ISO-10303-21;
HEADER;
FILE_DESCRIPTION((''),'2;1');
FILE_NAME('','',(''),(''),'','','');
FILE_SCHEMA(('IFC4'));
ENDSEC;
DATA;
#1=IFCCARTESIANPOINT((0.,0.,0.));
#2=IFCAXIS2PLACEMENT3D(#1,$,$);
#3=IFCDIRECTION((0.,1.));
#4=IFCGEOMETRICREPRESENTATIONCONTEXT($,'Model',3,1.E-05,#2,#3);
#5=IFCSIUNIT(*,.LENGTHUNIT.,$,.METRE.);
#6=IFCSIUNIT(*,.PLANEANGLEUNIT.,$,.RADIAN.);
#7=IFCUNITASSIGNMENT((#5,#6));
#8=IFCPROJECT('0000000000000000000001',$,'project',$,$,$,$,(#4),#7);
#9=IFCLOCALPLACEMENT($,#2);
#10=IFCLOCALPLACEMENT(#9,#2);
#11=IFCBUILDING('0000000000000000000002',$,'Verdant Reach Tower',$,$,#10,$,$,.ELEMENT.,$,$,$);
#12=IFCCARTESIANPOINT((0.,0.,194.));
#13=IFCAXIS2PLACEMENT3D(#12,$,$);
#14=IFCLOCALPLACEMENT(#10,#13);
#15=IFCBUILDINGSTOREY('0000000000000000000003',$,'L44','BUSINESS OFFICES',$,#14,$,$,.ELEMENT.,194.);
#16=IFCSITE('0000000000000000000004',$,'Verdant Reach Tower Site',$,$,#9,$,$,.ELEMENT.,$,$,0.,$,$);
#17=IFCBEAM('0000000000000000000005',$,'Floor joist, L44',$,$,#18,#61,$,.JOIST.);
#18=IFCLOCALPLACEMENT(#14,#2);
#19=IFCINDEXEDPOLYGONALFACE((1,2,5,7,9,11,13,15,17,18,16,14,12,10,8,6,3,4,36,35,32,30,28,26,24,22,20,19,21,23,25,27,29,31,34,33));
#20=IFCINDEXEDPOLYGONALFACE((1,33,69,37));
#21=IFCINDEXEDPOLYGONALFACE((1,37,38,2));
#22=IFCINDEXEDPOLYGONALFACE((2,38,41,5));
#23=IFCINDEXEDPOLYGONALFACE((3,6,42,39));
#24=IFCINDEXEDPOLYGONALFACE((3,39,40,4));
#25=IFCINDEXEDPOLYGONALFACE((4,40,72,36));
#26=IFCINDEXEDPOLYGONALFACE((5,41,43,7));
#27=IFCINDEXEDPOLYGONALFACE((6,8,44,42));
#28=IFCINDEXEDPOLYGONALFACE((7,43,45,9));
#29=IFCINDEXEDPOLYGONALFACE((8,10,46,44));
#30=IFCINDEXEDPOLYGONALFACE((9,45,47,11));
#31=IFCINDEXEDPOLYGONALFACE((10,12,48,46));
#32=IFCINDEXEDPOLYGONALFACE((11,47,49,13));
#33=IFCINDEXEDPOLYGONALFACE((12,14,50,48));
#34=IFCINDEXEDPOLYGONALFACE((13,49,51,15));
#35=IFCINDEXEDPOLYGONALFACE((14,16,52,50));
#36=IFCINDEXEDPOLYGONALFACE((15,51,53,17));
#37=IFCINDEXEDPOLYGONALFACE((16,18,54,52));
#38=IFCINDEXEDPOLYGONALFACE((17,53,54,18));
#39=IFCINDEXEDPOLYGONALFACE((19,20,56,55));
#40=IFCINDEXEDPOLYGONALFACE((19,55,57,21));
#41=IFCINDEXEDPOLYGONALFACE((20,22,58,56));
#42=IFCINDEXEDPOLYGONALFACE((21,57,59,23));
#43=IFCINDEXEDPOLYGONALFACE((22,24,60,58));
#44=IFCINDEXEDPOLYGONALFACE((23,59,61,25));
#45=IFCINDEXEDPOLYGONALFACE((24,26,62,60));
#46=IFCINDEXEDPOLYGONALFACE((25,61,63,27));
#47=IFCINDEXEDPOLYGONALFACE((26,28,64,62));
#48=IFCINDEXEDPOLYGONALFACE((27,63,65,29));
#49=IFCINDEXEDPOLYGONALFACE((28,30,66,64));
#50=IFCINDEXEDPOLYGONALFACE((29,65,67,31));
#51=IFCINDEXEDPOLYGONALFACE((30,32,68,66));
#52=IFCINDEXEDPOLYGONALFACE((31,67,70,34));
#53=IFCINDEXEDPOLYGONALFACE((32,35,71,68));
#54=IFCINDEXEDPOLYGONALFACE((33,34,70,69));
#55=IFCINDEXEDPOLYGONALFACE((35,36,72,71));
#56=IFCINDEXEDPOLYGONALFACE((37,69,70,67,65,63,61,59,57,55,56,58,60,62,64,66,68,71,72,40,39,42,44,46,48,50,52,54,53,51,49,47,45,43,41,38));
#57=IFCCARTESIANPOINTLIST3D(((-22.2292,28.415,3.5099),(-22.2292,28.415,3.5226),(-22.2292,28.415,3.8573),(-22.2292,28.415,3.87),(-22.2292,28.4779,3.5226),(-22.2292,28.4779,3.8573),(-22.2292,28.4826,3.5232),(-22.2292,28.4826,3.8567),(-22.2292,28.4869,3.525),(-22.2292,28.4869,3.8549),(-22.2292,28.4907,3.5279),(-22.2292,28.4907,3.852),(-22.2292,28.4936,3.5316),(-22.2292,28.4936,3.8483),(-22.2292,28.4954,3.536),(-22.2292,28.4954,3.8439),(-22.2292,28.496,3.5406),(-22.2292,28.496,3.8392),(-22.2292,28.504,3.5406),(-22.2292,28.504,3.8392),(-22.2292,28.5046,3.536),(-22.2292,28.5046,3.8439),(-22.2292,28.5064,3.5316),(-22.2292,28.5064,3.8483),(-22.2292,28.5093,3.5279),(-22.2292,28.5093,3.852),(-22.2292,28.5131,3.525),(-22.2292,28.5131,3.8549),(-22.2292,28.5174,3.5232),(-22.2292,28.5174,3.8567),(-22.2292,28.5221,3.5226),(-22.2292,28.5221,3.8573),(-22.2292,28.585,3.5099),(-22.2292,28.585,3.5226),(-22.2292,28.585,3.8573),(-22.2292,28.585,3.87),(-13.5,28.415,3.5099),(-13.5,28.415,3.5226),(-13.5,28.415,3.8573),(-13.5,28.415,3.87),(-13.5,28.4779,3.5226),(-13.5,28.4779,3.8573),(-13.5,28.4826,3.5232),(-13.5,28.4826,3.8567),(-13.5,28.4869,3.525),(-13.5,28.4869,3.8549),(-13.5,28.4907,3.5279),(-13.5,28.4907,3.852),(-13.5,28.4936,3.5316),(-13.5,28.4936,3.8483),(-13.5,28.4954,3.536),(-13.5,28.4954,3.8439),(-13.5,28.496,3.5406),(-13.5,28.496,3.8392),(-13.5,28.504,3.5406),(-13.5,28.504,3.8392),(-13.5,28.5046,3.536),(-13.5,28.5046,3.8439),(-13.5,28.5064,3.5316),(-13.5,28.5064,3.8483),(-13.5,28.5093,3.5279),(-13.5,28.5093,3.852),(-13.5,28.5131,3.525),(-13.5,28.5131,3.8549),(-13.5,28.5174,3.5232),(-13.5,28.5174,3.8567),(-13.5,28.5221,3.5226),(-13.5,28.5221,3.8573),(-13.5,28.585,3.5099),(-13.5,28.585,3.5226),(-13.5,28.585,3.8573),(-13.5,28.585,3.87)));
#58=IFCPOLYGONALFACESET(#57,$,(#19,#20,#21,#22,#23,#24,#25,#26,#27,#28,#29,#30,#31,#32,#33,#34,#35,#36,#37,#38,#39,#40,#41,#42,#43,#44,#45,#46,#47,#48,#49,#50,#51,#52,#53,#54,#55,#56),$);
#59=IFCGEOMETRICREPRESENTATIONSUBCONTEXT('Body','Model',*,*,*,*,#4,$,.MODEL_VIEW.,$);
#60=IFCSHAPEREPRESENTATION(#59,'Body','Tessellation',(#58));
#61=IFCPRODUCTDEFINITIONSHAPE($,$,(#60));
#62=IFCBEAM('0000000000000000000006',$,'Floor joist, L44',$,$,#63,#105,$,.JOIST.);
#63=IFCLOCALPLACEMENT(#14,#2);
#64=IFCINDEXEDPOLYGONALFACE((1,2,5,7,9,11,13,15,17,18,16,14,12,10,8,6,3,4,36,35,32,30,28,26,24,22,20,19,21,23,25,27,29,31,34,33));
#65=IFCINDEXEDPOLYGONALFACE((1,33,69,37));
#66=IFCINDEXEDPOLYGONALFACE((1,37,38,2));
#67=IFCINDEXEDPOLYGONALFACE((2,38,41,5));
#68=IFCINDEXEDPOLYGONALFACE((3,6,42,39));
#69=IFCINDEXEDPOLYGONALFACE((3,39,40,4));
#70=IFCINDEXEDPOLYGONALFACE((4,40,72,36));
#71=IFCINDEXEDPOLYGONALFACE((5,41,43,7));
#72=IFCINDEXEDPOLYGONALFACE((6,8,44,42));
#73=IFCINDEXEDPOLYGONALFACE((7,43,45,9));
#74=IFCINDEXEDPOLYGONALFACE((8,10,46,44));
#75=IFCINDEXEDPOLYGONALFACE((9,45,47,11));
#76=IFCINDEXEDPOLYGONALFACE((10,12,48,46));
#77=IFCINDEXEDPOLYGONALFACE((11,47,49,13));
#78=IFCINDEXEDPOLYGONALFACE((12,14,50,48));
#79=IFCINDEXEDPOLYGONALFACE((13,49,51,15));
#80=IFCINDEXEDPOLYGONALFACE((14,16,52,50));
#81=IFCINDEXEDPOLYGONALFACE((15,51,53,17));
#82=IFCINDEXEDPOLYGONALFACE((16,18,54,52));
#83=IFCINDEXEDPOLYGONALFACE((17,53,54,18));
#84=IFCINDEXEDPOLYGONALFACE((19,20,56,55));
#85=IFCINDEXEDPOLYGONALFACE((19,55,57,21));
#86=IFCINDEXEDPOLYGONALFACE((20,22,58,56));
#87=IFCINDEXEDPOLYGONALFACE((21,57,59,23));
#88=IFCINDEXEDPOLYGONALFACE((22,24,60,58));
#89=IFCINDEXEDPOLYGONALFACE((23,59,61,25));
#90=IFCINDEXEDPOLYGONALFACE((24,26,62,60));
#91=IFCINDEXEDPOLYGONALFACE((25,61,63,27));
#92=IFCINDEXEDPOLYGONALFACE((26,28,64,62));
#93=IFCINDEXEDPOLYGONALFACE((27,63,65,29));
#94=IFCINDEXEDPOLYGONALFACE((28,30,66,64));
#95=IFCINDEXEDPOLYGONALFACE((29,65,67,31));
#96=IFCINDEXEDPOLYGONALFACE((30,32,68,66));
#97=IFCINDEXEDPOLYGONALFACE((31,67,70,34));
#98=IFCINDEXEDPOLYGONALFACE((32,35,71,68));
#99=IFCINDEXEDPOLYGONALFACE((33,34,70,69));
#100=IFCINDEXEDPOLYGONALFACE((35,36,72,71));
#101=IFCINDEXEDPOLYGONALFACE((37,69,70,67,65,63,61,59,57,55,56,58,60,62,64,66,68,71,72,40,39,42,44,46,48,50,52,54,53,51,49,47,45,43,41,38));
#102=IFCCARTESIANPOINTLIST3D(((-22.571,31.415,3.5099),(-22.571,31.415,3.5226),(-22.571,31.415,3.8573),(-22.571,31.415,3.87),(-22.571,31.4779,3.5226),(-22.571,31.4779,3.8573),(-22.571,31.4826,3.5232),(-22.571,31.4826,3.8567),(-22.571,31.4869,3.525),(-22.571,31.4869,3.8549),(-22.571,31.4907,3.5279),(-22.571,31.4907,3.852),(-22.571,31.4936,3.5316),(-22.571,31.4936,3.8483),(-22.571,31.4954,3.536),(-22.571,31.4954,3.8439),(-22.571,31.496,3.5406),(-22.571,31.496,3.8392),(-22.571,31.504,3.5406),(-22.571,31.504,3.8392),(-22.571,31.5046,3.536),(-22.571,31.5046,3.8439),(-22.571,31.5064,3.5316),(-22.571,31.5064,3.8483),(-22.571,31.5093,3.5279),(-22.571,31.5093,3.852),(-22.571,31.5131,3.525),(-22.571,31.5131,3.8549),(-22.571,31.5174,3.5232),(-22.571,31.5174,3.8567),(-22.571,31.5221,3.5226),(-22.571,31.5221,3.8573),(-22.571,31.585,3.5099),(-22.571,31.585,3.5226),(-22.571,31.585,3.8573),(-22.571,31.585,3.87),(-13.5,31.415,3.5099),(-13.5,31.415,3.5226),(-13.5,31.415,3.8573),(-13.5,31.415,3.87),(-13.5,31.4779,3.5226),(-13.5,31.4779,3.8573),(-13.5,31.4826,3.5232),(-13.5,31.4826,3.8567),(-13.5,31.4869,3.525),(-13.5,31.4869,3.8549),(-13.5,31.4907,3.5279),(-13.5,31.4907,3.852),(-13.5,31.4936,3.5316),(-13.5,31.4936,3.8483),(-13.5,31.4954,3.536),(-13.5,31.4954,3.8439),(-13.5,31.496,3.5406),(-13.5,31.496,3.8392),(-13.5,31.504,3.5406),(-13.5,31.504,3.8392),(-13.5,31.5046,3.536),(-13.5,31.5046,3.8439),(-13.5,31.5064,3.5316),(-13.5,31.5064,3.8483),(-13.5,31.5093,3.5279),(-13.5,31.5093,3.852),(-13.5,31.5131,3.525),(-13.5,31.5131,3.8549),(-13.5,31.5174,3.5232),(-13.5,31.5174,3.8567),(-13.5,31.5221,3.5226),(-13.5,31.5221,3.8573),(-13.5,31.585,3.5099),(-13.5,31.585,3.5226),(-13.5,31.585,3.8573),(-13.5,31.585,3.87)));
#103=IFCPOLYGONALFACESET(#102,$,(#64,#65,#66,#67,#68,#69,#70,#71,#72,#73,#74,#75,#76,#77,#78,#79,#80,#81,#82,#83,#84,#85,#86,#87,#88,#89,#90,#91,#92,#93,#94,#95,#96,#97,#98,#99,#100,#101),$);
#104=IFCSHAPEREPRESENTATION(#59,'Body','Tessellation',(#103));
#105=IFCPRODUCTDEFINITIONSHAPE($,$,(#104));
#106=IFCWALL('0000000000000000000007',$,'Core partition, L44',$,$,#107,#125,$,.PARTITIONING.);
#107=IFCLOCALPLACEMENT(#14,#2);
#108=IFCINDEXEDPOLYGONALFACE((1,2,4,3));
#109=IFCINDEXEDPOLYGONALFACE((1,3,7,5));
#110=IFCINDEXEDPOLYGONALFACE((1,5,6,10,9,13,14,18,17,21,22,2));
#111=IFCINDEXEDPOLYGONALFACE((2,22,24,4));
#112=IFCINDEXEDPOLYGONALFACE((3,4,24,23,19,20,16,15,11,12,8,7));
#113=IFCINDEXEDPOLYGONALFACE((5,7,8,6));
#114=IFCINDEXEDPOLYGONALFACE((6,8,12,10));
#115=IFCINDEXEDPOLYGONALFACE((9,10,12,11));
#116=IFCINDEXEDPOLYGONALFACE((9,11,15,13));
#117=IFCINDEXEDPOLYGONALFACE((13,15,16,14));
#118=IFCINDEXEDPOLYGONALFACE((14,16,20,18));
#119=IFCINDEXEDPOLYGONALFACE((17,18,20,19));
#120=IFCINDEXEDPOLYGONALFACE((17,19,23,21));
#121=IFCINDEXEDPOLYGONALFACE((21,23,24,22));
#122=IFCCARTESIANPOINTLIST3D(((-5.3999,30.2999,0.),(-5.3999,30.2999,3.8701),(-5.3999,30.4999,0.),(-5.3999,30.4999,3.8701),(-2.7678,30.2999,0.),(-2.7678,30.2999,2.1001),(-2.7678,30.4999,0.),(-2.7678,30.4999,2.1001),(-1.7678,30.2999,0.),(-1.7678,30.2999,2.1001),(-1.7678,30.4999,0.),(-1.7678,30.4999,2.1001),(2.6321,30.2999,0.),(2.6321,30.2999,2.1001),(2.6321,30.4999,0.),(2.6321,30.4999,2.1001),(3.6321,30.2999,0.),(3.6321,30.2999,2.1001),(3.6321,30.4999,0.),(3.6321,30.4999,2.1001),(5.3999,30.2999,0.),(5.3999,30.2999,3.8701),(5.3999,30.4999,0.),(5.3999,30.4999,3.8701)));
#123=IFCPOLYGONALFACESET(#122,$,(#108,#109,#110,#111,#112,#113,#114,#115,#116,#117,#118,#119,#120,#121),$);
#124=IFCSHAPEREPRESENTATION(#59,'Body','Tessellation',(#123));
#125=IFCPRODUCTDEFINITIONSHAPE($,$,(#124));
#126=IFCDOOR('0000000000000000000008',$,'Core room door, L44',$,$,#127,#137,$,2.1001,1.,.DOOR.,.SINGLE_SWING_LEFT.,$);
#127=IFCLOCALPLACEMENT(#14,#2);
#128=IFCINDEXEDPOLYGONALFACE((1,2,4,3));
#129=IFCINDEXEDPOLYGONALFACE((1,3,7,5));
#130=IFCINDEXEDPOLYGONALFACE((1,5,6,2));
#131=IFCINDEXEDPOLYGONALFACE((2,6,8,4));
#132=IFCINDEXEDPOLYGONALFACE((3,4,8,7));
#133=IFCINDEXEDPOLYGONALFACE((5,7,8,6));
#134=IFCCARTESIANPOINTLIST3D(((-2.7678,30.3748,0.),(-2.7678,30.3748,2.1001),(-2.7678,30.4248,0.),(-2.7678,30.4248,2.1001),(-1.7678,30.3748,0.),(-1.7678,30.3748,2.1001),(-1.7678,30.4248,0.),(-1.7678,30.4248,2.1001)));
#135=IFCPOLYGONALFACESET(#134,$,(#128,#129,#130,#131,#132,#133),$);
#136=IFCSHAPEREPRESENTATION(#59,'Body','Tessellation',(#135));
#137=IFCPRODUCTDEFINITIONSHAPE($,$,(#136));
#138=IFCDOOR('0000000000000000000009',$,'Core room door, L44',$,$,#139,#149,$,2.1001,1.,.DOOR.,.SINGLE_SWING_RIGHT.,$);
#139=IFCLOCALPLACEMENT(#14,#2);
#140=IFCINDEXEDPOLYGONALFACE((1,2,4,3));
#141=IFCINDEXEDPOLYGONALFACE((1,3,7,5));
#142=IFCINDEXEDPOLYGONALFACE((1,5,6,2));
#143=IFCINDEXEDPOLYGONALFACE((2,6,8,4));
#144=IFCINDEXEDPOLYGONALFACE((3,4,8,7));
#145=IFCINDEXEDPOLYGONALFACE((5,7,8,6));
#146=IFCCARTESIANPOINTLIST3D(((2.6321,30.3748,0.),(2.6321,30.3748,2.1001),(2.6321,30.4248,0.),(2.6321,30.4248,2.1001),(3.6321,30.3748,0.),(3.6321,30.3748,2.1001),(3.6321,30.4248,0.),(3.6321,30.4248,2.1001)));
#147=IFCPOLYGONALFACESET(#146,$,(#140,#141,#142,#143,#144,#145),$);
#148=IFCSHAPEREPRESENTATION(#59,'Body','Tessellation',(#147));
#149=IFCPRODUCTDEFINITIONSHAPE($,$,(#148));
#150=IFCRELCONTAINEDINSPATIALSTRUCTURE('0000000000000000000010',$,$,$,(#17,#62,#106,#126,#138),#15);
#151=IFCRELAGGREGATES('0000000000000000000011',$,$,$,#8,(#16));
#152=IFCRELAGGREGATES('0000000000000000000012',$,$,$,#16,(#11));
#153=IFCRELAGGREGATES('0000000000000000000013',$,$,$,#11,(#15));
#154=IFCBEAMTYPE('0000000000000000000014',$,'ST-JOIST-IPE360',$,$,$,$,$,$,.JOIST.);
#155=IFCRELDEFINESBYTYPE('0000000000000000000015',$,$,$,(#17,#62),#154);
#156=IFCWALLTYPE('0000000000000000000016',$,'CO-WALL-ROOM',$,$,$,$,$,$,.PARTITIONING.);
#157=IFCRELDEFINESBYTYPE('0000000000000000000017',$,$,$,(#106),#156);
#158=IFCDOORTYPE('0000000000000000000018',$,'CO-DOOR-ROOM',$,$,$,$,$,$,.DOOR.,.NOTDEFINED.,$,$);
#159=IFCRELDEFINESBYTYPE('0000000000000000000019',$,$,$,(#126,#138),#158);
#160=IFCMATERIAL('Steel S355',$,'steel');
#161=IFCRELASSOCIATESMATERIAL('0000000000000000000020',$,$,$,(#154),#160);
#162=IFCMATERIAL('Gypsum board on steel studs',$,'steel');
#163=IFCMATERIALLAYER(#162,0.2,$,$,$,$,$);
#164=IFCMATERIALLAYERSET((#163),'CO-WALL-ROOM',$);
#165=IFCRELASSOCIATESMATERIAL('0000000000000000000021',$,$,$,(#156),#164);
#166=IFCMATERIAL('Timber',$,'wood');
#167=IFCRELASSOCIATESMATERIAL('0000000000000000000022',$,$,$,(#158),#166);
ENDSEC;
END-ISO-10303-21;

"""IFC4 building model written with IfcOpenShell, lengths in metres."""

from ifc_helpers import new_model, si_unit, direction, frame, frame_2d, origin, origin_2d, place, context, subcontext, project, spatial, rectangle, i_section, extrude, material, layer, layer_set, material_profile, profile_set, type_object, element, fill, save


model = new_model("IFC4")

# Units and contexts
model_context = context("Model", 3, precision=1e-05, world=origin(), true_north=direction((0.0, 1.0)))
body_context = subcontext(model_context, "Body", "Model", "MODEL_VIEW")
ifc_project = project(units=[si_unit("LENGTHUNIT", "METRE"), si_unit("PLANEANGLEUNIT", "RADIAN")], contexts=[model_context])

# Site, building, storey
site_placement = place(None, origin())
site = spatial("IfcSite", under=ifc_project, at=site_placement, Name="Verdant Reach Tower Site", CompositionType="ELEMENT", RefElevation=0.0)
building_placement = place(site_placement, origin())
building = spatial("IfcBuilding", under=site, at=building_placement, Name="Verdant Reach Tower", CompositionType="ELEMENT")
storey_placement = place(building_placement, frame((0.0, 0.0, 194.0)))
storey = spatial("IfcBuildingStorey", under=building, at=storey_placement, Name="L44", Description="BUSINESS OFFICES", CompositionType="ELEMENT", Elevation=194.0)

# Beams
ifc_material_1 = material(Name="Steel S355", Category="steel")
ifc_material_profile = material_profile(ifc_material_1, i_section(OverallWidth=0.1699, OverallDepth=0.3601, WebThickness=0.0081, FlangeThickness=0.0127, FilletRadius=0.0181, at=origin_2d()), Name="IPE 360")
ifc_profile_set = profile_set([ifc_material_profile], Name="Steel S355")
beam_type = type_object("IfcBeamType", Name="ST-JOIST-IPE360", PredefinedType="JOIST", material=ifc_profile_set)
beam_1_placement = place(storey_placement, frame((-13.5, 28.5, 3.6899), z_axis=(-1.0, 0.0, 0.0), x_axis=(0.0, -1.0, 0.0)))
element("IfcBeam", 1, at=beam_1_placement, inside=storey, type_object=beam_type, Name="Floor joist, L44", PredefinedType="JOIST", context=body_context, shape_type="SweptSolid", body=[
    extrude(i_section(OverallWidth=0.1699, OverallDepth=0.3601, WebThickness=0.0081, FlangeThickness=0.0127, FilletRadius=0.0181, at=origin_2d()), origin(), (0.0, 0.0, 1.0), 8.7292),
])
beam_2_placement = place(storey_placement, frame((-13.5, 31.5, 3.6899), z_axis=(-1.0, 0.0, 0.0), x_axis=(0.0, -1.0, 0.0)))
element("IfcBeam", 2, at=beam_2_placement, inside=storey, type_object=beam_type, Name="Floor joist, L44", PredefinedType="JOIST", context=body_context, shape_type="SweptSolid", body=[
    extrude(i_section(OverallWidth=0.1699, OverallDepth=0.3601, WebThickness=0.0081, FlangeThickness=0.0127, FilletRadius=0.0181, at=origin_2d()), origin(), (0.0, 0.0, 1.0), 9.071),
])

# Wall, openings, doors
ifc_material_2 = material(Name="Gypsum board on steel studs", Category="steel")
ifc_layer_1 = layer(ifc_material_2, 0.2)
ifc_layer_set_1 = layer_set([ifc_layer_1], Name="CO-WALL-ROOM")
wall_type_1 = type_object("IfcWallType", Name="CO-WALL-ROOM", PredefinedType="PARTITIONING", material=ifc_layer_set_1)
wall_1_placement = place(storey_placement, frame((-5.3999, 30.3999, 0.0), z_axis=(0.0, 0.0, 1.0), x_axis=(1.0, 0.0, 0.0)))
wall_1 = element("IfcWall", 3, at=wall_1_placement, inside=storey, type_object=wall_type_1, Name="Core partition, L44", PredefinedType="PARTITIONING", context=body_context, shape_type="SweptSolid", body=[
    extrude(rectangle(XDim=10.7998, YDim=0.2, at=frame_2d((5.3999, 0.0))), origin(), (0.0, 0.0, 1.0), 3.8701),
])
opening_1_placement = place(wall_1_placement, frame((2.6321, 0.0, 0.0)))
opening_1 = element("IfcOpeningElement", 4, at=opening_1_placement, cuts=wall_1, PredefinedType="OPENING", context=body_context, shape_type="SweptSolid", body=[
    extrude(rectangle(XDim=1.0, YDim=2.1001, at=frame_2d((0.5, 1.05))), frame((0.0, 0.1099, 0.0), z_axis=(0.0, -1.0, 0.0), x_axis=(1.0, 0.0, 0.0)), (0.0, 0.0, 1.0), 0.22),
])
opening_2_placement = place(wall_1_placement, frame((8.032, 0.0, 0.0)))
opening_2 = element("IfcOpeningElement", 5, at=opening_2_placement, cuts=wall_1, PredefinedType="OPENING", context=body_context, shape_type="SweptSolid", body=[
    extrude(rectangle(XDim=1.0, YDim=2.1001, at=frame_2d((0.5, 1.05))), frame((0.0, 0.1099, 0.0), z_axis=(0.0, -1.0, 0.0), x_axis=(1.0, 0.0, 0.0)), (0.0, 0.0, 1.0), 0.22),
])
ifc_material_3 = material(Name="Timber", Category="wood")
door_type_1 = type_object("IfcDoorType", Name="CO-DOOR-ROOM", OperationType="NOTDEFINED", PredefinedType="DOOR", material=ifc_material_3)
door_1_placement = place(opening_1_placement, origin())
door_1 = element("IfcDoor", 6, at=door_1_placement, inside=storey, type_object=door_type_1, Name="Core room door, L44", OperationType="SINGLE_SWING_LEFT", OverallHeight=2.1001, OverallWidth=1.0, PredefinedType="DOOR", context=body_context, shape_type="SweptSolid", body=[
    extrude(rectangle(XDim=1.0, YDim=2.1001, at=frame_2d((0.5, 1.05))), frame((0.0, 0.0249, 0.0), z_axis=(0.0, -1.0, 0.0), x_axis=(1.0, 0.0, 0.0)), (0.0, 0.0, 1.0), 0.05),
])
fill(opening_1, door_1)
door_2_placement = place(opening_2_placement, origin())
door_2 = element("IfcDoor", 7, at=door_2_placement, inside=storey, type_object=door_type_1, Name="Core room door, L44", OperationType="SINGLE_SWING_RIGHT", OverallHeight=2.1001, OverallWidth=1.0, PredefinedType="DOOR", context=body_context, shape_type="SweptSolid", body=[
    extrude(rectangle(XDim=1.0, YDim=2.1001, at=frame_2d((0.5, 1.05))), frame((0.0, 0.0249, 0.0), z_axis=(0.0, -1.0, 0.0), x_axis=(1.0, 0.0, 0.0)), (0.0, 0.0, 1.0), 0.05),
])
fill(opening_2, door_2)

save(model, "model.ifc")
